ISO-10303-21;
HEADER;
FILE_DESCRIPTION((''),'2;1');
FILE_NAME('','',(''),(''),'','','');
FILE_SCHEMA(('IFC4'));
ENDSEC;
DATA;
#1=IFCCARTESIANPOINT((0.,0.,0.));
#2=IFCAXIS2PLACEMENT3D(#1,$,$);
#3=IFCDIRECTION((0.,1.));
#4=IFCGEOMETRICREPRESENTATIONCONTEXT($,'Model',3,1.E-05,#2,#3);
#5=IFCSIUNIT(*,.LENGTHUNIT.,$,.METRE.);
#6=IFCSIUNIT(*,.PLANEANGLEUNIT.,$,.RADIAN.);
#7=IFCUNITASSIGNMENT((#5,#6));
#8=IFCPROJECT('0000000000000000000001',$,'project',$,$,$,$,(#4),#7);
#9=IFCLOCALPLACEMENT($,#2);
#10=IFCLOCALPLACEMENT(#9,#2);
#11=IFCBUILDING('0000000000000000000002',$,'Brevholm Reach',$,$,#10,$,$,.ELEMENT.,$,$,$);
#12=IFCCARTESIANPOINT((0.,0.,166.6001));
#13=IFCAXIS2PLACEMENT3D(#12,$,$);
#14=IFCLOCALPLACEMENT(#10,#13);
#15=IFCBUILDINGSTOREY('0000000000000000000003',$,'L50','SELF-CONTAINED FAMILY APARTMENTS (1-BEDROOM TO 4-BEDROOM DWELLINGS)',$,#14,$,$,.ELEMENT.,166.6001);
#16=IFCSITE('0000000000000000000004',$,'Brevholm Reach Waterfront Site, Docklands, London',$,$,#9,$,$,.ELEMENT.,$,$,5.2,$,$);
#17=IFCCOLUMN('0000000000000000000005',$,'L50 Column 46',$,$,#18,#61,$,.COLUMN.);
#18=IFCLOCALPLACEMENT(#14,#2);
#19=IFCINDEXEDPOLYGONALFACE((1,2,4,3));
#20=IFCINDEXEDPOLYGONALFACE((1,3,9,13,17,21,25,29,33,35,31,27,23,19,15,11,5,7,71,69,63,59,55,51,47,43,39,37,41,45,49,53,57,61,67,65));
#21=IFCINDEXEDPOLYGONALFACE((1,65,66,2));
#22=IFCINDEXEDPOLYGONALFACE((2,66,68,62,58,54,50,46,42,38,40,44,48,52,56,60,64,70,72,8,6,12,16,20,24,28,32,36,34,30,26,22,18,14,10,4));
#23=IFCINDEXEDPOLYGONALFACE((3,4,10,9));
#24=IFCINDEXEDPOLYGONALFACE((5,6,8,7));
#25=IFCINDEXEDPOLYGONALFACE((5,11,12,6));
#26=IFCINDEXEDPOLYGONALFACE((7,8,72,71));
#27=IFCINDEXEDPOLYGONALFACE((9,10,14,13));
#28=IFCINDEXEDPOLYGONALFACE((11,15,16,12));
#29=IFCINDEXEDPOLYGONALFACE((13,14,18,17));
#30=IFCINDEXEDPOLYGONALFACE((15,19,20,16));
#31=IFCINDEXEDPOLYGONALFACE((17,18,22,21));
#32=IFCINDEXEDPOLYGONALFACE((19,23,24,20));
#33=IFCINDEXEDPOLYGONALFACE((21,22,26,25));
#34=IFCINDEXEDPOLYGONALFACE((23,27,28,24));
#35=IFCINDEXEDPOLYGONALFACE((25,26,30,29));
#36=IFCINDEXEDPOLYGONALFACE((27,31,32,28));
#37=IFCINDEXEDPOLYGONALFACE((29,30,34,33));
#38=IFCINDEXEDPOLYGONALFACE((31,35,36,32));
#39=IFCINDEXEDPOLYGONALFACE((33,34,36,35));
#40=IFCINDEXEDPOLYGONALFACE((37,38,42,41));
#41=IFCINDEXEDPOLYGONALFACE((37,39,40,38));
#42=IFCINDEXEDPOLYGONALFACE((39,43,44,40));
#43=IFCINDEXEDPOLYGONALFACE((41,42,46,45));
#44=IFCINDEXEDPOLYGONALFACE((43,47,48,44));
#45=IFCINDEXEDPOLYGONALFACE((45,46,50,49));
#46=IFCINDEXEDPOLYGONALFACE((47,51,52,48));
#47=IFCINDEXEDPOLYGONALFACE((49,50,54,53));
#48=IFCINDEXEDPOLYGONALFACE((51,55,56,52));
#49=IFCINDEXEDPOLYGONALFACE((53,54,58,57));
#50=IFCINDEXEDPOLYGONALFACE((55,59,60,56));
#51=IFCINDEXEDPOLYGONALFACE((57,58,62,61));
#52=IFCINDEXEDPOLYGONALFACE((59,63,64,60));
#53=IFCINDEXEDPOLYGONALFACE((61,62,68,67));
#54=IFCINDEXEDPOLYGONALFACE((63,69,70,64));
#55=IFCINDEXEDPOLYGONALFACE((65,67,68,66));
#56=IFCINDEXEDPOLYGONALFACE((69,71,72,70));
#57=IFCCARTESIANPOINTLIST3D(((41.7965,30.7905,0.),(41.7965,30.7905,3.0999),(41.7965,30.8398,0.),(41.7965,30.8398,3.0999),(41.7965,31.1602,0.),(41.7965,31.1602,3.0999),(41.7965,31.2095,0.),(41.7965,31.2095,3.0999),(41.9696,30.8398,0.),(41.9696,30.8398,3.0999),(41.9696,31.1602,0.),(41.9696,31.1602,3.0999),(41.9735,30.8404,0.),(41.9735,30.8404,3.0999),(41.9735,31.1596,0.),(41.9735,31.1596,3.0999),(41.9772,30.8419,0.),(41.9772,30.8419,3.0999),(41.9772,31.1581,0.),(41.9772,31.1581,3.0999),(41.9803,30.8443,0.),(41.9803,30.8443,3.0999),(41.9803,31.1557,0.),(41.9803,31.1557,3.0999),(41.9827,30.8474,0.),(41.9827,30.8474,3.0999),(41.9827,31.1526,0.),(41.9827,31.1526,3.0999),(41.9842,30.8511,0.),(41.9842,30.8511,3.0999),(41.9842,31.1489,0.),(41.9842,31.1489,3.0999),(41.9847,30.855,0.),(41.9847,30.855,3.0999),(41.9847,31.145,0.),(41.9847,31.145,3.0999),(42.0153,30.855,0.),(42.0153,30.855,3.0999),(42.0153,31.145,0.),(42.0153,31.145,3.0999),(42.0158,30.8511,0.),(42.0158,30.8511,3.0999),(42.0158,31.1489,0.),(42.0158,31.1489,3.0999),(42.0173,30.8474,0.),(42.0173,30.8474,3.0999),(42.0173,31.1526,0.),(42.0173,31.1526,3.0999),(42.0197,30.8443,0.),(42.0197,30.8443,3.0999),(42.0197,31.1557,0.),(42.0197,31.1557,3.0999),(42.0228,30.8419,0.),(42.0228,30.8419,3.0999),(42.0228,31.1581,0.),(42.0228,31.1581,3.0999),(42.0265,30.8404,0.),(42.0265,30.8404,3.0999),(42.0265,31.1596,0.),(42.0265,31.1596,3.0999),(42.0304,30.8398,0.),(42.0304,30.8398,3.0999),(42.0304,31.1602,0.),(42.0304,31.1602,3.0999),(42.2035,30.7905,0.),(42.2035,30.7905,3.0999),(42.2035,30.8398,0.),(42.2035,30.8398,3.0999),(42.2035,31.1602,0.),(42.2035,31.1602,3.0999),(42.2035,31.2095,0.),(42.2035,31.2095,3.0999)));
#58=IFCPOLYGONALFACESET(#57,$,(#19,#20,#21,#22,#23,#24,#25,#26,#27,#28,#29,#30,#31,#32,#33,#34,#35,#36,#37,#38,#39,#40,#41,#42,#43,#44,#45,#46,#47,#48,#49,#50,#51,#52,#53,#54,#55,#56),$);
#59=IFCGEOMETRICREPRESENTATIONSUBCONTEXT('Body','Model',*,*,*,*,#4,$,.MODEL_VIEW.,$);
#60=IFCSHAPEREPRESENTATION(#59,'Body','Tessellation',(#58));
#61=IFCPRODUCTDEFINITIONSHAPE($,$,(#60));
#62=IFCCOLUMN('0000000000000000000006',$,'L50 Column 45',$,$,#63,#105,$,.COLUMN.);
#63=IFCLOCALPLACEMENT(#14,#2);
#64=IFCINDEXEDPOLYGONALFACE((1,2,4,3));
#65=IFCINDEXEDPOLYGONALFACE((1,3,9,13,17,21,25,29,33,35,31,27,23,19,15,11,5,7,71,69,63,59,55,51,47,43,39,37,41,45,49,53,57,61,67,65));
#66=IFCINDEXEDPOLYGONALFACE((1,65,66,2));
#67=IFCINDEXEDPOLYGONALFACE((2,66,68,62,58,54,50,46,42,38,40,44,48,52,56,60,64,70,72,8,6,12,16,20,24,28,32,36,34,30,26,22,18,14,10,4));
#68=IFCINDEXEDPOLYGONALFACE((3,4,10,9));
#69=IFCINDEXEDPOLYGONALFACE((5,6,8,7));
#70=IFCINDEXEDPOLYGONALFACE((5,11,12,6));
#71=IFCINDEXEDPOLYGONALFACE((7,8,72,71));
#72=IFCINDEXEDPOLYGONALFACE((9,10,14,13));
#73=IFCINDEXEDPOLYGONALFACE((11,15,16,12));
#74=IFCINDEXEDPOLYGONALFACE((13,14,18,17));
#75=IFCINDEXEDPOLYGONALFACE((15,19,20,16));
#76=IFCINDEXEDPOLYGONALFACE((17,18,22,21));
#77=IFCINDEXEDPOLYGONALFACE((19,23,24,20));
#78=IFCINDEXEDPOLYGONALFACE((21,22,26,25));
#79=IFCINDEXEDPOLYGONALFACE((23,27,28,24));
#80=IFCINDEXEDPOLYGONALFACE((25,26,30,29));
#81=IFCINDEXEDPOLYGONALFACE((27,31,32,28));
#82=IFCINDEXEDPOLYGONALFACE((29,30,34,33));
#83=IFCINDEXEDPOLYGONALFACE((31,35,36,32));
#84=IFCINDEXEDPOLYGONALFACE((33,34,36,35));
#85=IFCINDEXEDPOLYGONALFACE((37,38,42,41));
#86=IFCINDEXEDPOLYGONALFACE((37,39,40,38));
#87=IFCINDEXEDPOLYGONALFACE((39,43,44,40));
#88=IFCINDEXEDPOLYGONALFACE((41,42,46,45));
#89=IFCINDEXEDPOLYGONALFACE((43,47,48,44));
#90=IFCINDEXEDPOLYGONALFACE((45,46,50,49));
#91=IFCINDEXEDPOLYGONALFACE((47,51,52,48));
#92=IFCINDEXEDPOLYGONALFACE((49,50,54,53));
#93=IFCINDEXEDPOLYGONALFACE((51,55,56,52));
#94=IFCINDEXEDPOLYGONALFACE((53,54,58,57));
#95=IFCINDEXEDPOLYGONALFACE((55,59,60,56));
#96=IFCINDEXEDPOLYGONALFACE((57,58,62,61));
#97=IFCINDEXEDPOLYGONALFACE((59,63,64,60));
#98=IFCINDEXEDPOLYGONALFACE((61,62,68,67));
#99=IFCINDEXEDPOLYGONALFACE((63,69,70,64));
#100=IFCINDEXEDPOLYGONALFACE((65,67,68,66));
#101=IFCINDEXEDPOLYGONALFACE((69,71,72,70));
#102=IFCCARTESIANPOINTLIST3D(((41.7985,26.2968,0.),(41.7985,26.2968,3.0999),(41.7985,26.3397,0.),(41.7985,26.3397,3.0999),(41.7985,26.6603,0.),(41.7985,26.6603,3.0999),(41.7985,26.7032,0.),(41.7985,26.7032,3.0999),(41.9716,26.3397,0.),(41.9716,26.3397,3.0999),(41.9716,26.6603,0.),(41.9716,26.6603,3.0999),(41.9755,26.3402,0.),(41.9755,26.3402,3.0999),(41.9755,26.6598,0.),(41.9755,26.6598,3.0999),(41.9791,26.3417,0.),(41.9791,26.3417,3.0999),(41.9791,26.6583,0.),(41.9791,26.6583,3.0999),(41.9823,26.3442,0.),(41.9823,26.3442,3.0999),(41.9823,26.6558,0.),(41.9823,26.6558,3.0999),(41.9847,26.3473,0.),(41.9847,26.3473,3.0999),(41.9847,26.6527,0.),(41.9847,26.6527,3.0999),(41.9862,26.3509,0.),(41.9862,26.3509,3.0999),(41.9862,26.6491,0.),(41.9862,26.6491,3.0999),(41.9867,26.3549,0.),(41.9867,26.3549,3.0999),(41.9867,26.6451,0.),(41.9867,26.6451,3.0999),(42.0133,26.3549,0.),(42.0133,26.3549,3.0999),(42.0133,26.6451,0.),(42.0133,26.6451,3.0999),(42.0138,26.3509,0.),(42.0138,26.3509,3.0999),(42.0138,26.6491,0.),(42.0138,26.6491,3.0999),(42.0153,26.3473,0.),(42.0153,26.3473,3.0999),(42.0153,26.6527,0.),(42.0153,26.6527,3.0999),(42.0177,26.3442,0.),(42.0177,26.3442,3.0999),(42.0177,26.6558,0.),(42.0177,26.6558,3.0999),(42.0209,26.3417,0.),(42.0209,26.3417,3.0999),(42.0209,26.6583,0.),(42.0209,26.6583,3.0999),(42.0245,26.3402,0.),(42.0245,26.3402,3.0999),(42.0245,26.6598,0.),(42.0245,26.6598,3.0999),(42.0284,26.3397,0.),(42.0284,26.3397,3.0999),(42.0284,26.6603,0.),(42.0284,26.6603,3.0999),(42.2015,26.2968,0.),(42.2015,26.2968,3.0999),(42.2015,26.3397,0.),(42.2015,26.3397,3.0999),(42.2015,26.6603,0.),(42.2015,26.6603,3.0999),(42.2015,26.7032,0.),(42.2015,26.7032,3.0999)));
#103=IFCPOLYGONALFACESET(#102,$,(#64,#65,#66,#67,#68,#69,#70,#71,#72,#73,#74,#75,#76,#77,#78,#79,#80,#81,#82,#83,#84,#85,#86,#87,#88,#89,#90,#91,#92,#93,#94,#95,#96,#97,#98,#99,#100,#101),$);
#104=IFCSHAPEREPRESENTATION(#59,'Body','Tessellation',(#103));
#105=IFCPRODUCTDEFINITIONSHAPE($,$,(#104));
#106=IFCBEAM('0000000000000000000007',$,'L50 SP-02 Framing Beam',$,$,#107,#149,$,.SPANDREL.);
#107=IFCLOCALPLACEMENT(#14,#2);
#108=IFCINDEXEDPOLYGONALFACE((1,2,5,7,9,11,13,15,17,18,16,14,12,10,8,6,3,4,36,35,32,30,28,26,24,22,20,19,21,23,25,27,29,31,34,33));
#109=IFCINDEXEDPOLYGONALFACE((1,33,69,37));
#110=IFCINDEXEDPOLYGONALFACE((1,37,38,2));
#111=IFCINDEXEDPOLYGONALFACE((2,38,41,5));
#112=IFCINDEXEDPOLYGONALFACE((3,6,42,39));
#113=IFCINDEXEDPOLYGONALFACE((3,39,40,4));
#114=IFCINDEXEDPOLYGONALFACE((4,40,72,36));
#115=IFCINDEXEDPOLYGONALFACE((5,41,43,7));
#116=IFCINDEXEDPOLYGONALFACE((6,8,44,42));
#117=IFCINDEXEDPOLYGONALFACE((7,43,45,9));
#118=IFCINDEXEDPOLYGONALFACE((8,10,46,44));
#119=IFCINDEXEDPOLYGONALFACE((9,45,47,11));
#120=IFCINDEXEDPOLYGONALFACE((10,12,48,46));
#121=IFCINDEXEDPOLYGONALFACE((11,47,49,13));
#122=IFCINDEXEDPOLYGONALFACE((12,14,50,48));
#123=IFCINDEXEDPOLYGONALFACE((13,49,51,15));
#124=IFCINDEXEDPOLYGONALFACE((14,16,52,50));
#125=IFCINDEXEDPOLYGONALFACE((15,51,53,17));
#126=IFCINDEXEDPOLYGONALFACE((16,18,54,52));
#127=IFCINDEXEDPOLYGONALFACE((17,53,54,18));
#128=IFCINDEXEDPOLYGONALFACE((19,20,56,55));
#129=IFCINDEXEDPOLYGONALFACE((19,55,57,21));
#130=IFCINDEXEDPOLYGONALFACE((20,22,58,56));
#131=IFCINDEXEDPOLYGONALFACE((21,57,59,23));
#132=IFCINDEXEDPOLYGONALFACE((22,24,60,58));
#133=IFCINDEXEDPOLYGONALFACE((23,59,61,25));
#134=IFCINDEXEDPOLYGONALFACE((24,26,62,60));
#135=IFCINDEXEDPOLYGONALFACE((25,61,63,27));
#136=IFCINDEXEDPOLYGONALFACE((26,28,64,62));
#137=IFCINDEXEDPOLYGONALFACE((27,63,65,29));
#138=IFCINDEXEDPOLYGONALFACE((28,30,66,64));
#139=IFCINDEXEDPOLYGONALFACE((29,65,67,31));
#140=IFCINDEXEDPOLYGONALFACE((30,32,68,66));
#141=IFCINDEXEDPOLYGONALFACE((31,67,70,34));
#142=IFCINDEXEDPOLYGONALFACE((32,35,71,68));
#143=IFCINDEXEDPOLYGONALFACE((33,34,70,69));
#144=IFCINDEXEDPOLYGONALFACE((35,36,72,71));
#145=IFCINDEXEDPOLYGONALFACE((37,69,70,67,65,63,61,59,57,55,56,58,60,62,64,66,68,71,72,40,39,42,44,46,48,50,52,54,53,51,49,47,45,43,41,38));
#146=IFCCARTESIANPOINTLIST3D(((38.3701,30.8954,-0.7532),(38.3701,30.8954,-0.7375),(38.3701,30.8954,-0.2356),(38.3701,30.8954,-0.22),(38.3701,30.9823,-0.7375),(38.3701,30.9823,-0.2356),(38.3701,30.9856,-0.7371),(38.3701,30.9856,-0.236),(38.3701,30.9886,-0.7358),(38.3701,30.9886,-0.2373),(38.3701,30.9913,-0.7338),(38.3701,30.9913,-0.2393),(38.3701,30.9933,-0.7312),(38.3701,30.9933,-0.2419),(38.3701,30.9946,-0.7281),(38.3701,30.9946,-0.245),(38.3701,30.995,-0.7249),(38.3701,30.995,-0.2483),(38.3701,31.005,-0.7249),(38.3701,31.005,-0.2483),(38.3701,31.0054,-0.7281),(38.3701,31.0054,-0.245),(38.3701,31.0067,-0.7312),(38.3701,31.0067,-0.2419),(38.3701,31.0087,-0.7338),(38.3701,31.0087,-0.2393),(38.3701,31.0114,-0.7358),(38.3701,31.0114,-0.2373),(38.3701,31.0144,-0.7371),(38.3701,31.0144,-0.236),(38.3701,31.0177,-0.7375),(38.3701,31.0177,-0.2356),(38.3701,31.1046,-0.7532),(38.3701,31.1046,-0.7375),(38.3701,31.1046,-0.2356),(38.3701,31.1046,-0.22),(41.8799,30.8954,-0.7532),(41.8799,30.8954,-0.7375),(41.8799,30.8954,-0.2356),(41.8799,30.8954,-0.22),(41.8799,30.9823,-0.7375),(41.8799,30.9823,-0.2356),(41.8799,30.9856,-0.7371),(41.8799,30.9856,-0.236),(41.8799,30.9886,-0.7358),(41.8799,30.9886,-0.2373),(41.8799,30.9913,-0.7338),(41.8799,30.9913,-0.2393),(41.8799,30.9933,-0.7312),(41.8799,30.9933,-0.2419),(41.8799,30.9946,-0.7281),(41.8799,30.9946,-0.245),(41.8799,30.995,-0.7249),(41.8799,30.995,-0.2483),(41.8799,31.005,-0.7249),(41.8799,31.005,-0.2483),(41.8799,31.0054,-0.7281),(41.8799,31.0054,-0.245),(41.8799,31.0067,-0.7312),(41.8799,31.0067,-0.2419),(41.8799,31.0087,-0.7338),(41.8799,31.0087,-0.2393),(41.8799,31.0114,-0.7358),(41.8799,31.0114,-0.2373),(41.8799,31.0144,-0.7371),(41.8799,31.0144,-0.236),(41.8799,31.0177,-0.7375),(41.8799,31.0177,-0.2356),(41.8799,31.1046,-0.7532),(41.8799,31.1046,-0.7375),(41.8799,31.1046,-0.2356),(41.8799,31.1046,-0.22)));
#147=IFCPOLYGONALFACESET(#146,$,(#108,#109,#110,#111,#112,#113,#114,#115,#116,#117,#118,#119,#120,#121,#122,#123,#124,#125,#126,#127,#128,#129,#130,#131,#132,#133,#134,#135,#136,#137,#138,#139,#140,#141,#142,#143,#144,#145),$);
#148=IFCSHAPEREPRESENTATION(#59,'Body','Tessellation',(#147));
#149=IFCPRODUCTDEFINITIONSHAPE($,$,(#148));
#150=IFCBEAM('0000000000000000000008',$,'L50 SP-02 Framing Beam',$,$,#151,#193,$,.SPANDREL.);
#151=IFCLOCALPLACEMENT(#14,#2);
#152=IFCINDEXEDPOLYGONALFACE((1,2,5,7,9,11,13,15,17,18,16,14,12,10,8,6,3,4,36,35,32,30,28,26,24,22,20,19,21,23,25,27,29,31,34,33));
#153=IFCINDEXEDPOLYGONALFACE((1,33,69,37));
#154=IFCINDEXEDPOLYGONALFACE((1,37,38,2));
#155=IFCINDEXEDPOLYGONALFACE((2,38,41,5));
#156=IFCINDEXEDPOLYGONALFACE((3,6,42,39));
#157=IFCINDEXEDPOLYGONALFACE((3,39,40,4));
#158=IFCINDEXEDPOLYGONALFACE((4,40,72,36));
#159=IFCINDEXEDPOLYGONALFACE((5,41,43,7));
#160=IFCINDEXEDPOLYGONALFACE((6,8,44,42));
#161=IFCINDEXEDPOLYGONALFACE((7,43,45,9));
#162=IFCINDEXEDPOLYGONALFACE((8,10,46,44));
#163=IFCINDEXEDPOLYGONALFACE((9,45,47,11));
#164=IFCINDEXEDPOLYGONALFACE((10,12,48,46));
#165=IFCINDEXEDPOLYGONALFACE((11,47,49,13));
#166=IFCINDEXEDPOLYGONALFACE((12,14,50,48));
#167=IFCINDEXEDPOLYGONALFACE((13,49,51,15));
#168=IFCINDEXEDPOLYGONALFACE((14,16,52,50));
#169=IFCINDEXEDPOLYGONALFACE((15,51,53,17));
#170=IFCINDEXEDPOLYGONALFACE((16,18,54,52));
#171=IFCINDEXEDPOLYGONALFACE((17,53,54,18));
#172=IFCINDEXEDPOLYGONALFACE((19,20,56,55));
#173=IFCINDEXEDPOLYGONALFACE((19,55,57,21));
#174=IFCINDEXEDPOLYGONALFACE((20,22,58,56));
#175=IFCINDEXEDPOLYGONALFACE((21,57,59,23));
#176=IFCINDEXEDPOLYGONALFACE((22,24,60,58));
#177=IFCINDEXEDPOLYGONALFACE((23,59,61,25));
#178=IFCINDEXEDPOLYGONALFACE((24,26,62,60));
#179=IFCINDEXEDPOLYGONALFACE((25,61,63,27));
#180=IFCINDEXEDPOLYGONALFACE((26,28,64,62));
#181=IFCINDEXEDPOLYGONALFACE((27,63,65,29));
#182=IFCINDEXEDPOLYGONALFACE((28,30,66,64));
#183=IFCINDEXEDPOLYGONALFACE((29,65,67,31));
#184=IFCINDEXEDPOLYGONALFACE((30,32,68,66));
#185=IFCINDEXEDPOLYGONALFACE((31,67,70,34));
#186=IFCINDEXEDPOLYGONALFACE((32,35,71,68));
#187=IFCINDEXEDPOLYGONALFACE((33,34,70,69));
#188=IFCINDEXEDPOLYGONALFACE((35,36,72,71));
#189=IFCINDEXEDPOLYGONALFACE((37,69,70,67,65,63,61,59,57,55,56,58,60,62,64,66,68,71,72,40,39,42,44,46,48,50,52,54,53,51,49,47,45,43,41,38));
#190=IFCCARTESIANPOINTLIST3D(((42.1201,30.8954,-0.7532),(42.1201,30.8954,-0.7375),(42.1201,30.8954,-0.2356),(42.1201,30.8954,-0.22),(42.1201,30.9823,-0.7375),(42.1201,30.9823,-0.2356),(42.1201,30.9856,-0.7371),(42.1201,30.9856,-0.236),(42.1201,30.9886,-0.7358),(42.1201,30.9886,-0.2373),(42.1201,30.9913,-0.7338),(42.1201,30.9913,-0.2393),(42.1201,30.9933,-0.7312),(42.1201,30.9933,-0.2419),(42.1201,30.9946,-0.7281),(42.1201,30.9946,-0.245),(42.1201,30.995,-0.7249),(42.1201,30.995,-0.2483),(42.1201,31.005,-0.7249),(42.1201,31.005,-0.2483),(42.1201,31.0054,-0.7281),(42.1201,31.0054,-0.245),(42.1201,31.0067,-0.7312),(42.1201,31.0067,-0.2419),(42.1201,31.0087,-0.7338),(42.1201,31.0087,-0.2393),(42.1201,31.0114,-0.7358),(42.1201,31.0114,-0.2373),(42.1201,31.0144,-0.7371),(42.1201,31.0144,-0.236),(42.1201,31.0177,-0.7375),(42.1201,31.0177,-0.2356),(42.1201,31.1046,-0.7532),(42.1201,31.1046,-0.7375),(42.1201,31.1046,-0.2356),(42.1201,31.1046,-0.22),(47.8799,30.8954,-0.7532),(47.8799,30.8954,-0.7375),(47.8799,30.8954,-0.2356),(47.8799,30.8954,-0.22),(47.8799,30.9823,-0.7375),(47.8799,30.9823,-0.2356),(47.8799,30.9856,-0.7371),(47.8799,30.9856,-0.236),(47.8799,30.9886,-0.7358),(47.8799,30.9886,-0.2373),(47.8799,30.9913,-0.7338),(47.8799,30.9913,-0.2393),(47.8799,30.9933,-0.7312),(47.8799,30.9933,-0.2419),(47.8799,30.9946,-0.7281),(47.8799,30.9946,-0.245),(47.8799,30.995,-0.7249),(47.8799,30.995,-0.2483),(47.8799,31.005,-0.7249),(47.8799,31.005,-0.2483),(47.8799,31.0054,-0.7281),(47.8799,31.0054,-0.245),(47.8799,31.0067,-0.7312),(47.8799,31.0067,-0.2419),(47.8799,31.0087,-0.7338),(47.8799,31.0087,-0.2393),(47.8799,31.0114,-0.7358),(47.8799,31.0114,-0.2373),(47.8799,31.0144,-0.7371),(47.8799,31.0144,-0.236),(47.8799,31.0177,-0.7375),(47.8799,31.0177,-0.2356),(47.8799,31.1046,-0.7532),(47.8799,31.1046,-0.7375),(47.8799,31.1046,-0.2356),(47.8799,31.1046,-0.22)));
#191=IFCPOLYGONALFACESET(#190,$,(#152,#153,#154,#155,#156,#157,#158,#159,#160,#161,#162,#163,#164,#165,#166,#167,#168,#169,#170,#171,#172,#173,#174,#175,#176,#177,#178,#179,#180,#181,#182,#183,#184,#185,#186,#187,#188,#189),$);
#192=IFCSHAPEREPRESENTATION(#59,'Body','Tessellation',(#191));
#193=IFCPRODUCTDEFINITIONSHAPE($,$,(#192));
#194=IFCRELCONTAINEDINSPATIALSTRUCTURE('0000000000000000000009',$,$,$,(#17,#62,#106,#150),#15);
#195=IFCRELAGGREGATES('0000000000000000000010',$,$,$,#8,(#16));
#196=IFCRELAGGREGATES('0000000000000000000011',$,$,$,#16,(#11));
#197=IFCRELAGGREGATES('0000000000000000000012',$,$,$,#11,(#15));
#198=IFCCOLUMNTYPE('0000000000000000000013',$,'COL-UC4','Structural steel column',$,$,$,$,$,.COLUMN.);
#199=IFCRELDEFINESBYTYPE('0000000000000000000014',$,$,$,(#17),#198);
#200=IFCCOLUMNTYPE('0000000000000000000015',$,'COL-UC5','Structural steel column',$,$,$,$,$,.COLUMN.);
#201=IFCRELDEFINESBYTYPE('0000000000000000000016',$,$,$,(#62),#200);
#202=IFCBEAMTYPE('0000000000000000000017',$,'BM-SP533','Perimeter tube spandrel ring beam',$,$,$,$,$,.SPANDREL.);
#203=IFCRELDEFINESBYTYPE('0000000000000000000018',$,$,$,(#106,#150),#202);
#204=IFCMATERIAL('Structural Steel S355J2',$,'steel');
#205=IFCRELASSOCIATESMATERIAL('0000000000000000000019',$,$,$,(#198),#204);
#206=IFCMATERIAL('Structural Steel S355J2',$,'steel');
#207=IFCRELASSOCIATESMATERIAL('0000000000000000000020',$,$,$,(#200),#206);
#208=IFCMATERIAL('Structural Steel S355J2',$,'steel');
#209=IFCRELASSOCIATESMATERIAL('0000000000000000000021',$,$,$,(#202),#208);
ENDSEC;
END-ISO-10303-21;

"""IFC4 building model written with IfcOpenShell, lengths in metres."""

from ifc_helpers import new_model, si_unit, direction, frame, origin, origin_2d, place, context, subcontext, project, spatial, i_section, extrude, material, material_profile, profile_set, type_object, element, save


model = new_model("IFC4")

# Units and contexts
model_context = context("Model", 3, precision=1e-05, world=origin(), true_north=direction((0.0, 1.0)))
body_context = subcontext(model_context, "Body", "Model", "MODEL_VIEW")
ifc_project = project(units=[si_unit("LENGTHUNIT", "METRE"), si_unit("PLANEANGLEUNIT", "RADIAN")], contexts=[model_context])

# Site, building, storey
site_placement = place(None, origin())
site = spatial("IfcSite", under=ifc_project, at=site_placement, Name="Brevholm Reach Waterfront Site, Docklands, London", CompositionType="ELEMENT", RefElevation=5.2)
building_placement = place(site_placement, origin())
building = spatial("IfcBuilding", under=site, at=building_placement, Name="Brevholm Reach", CompositionType="ELEMENT")
storey_placement = place(building_placement, frame((0.0, 0.0, 166.6001)))
storey = spatial("IfcBuildingStorey", under=building, at=storey_placement, Name="L50", Description="SELF-CONTAINED FAMILY APARTMENTS (1-BEDROOM TO 4-BEDROOM DWELLINGS)", CompositionType="ELEMENT", Elevation=166.6001)

# Columns
ifc_material_1 = material(Name="Structural Steel S355J2", Category="steel")
ifc_material_profile_1 = material_profile(ifc_material_1, i_section(OverallWidth=0.407, OverallDepth=0.4189, WebThickness=0.0305, FlangeThickness=0.0493, FilletRadius=0.0151, at=origin_2d()), Name="UKC 356x406x393")
ifc_profile_set_1 = profile_set([ifc_material_profile_1], Name="Structural Steel S355J2")
column_type_1 = type_object("IfcColumnType", Name="COL-UC4", Description="Structural steel column", PredefinedType="COLUMN", material=ifc_profile_set_1)
column_1_placement = place(storey_placement, frame((42.0, 31.0, 0.0), z_axis=(0.0, 0.0, 1.0), x_axis=(1.0, 0.0, 0.0)))
element("IfcColumn", 1, at=column_1_placement, inside=storey, type_object=column_type_1, Name="L50 Column 46", PredefinedType="COLUMN", context=body_context, shape_type="SweptSolid", body=[
    extrude(i_section(OverallWidth=0.407, OverallDepth=0.4189, WebThickness=0.0305, FlangeThickness=0.0493, FilletRadius=0.0151, at=origin_2d()), origin(), (0.0, 0.0, 1.0), 3.0999),
])
ifc_material_2 = material(Name="Structural Steel S355J2", Category="steel")
ifc_material_profile_2 = material_profile(ifc_material_2, i_section(OverallWidth=0.4031, OverallDepth=0.4065, WebThickness=0.0266, FlangeThickness=0.043, FilletRadius=0.0151, at=origin_2d()), Name="UKC 356x406x340")
ifc_profile_set_2 = profile_set([ifc_material_profile_2], Name="Structural Steel S355J2")
column_type_2 = type_object("IfcColumnType", Name="COL-UC5", Description="Structural steel column", PredefinedType="COLUMN", material=ifc_profile_set_2)
column_2_placement = place(storey_placement, frame((42.0, 26.5, 0.0), z_axis=(0.0, 0.0, 1.0), x_axis=(1.0, 0.0, 0.0)))
element("IfcColumn", 2, at=column_2_placement, inside=storey, type_object=column_type_2, Name="L50 Column 45", PredefinedType="COLUMN", context=body_context, shape_type="SweptSolid", body=[
    extrude(i_section(OverallWidth=0.4031, OverallDepth=0.4065, WebThickness=0.0266, FlangeThickness=0.043, FilletRadius=0.0151, at=origin_2d()), origin(), (0.0, 0.0, 1.0), 3.0999),
])

# Beams
ifc_material_3 = material(Name="Structural Steel S355J2", Category="steel")
ifc_material_profile_3 = material_profile(ifc_material_3, i_section(OverallWidth=0.2092, OverallDepth=0.5332, WebThickness=0.01, FlangeThickness=0.0156, FilletRadius=0.0127, at=origin_2d()), Name="UKB 533x210x92")
ifc_profile_set_3 = profile_set([ifc_material_profile_3], Name="Structural Steel S355J2")
beam_type_1 = type_object("IfcBeamType", Name="BM-SP533", Description="Perimeter tube spandrel ring beam", PredefinedType="SPANDREL", material=ifc_profile_set_3)
beam_1_placement = place(storey_placement, frame((38.3701, 31.0, -0.4866), z_axis=(1.0, 0.0, 0.0), x_axis=(0.0, 1.0, 0.0)))
element("IfcBeam", 3, at=beam_1_placement, inside=storey, type_object=beam_type_1, Name="L50 SP-02 Framing Beam", PredefinedType="SPANDREL", context=body_context, shape_type="SweptSolid", body=[
    extrude(i_section(OverallWidth=0.2092, OverallDepth=0.5332, WebThickness=0.01, FlangeThickness=0.0156, FilletRadius=0.0127, at=origin_2d()), origin(), (0.0, 0.0, 1.0), 3.5098),
])
beam_2_placement = place(storey_placement, frame((42.1201, 31.0, -0.4866), z_axis=(1.0, 0.0, 0.0), x_axis=(0.0, 1.0, 0.0)))
element("IfcBeam", 4, at=beam_2_placement, inside=storey, type_object=beam_type_1, Name="L50 SP-02 Framing Beam", PredefinedType="SPANDREL", context=body_context, shape_type="SweptSolid", body=[
    extrude(i_section(OverallWidth=0.2092, OverallDepth=0.5332, WebThickness=0.01, FlangeThickness=0.0156, FilletRadius=0.0127, at=origin_2d()), origin(), (0.0, 0.0, 1.0), 5.7598),
])

save(model, "model.ifc")
